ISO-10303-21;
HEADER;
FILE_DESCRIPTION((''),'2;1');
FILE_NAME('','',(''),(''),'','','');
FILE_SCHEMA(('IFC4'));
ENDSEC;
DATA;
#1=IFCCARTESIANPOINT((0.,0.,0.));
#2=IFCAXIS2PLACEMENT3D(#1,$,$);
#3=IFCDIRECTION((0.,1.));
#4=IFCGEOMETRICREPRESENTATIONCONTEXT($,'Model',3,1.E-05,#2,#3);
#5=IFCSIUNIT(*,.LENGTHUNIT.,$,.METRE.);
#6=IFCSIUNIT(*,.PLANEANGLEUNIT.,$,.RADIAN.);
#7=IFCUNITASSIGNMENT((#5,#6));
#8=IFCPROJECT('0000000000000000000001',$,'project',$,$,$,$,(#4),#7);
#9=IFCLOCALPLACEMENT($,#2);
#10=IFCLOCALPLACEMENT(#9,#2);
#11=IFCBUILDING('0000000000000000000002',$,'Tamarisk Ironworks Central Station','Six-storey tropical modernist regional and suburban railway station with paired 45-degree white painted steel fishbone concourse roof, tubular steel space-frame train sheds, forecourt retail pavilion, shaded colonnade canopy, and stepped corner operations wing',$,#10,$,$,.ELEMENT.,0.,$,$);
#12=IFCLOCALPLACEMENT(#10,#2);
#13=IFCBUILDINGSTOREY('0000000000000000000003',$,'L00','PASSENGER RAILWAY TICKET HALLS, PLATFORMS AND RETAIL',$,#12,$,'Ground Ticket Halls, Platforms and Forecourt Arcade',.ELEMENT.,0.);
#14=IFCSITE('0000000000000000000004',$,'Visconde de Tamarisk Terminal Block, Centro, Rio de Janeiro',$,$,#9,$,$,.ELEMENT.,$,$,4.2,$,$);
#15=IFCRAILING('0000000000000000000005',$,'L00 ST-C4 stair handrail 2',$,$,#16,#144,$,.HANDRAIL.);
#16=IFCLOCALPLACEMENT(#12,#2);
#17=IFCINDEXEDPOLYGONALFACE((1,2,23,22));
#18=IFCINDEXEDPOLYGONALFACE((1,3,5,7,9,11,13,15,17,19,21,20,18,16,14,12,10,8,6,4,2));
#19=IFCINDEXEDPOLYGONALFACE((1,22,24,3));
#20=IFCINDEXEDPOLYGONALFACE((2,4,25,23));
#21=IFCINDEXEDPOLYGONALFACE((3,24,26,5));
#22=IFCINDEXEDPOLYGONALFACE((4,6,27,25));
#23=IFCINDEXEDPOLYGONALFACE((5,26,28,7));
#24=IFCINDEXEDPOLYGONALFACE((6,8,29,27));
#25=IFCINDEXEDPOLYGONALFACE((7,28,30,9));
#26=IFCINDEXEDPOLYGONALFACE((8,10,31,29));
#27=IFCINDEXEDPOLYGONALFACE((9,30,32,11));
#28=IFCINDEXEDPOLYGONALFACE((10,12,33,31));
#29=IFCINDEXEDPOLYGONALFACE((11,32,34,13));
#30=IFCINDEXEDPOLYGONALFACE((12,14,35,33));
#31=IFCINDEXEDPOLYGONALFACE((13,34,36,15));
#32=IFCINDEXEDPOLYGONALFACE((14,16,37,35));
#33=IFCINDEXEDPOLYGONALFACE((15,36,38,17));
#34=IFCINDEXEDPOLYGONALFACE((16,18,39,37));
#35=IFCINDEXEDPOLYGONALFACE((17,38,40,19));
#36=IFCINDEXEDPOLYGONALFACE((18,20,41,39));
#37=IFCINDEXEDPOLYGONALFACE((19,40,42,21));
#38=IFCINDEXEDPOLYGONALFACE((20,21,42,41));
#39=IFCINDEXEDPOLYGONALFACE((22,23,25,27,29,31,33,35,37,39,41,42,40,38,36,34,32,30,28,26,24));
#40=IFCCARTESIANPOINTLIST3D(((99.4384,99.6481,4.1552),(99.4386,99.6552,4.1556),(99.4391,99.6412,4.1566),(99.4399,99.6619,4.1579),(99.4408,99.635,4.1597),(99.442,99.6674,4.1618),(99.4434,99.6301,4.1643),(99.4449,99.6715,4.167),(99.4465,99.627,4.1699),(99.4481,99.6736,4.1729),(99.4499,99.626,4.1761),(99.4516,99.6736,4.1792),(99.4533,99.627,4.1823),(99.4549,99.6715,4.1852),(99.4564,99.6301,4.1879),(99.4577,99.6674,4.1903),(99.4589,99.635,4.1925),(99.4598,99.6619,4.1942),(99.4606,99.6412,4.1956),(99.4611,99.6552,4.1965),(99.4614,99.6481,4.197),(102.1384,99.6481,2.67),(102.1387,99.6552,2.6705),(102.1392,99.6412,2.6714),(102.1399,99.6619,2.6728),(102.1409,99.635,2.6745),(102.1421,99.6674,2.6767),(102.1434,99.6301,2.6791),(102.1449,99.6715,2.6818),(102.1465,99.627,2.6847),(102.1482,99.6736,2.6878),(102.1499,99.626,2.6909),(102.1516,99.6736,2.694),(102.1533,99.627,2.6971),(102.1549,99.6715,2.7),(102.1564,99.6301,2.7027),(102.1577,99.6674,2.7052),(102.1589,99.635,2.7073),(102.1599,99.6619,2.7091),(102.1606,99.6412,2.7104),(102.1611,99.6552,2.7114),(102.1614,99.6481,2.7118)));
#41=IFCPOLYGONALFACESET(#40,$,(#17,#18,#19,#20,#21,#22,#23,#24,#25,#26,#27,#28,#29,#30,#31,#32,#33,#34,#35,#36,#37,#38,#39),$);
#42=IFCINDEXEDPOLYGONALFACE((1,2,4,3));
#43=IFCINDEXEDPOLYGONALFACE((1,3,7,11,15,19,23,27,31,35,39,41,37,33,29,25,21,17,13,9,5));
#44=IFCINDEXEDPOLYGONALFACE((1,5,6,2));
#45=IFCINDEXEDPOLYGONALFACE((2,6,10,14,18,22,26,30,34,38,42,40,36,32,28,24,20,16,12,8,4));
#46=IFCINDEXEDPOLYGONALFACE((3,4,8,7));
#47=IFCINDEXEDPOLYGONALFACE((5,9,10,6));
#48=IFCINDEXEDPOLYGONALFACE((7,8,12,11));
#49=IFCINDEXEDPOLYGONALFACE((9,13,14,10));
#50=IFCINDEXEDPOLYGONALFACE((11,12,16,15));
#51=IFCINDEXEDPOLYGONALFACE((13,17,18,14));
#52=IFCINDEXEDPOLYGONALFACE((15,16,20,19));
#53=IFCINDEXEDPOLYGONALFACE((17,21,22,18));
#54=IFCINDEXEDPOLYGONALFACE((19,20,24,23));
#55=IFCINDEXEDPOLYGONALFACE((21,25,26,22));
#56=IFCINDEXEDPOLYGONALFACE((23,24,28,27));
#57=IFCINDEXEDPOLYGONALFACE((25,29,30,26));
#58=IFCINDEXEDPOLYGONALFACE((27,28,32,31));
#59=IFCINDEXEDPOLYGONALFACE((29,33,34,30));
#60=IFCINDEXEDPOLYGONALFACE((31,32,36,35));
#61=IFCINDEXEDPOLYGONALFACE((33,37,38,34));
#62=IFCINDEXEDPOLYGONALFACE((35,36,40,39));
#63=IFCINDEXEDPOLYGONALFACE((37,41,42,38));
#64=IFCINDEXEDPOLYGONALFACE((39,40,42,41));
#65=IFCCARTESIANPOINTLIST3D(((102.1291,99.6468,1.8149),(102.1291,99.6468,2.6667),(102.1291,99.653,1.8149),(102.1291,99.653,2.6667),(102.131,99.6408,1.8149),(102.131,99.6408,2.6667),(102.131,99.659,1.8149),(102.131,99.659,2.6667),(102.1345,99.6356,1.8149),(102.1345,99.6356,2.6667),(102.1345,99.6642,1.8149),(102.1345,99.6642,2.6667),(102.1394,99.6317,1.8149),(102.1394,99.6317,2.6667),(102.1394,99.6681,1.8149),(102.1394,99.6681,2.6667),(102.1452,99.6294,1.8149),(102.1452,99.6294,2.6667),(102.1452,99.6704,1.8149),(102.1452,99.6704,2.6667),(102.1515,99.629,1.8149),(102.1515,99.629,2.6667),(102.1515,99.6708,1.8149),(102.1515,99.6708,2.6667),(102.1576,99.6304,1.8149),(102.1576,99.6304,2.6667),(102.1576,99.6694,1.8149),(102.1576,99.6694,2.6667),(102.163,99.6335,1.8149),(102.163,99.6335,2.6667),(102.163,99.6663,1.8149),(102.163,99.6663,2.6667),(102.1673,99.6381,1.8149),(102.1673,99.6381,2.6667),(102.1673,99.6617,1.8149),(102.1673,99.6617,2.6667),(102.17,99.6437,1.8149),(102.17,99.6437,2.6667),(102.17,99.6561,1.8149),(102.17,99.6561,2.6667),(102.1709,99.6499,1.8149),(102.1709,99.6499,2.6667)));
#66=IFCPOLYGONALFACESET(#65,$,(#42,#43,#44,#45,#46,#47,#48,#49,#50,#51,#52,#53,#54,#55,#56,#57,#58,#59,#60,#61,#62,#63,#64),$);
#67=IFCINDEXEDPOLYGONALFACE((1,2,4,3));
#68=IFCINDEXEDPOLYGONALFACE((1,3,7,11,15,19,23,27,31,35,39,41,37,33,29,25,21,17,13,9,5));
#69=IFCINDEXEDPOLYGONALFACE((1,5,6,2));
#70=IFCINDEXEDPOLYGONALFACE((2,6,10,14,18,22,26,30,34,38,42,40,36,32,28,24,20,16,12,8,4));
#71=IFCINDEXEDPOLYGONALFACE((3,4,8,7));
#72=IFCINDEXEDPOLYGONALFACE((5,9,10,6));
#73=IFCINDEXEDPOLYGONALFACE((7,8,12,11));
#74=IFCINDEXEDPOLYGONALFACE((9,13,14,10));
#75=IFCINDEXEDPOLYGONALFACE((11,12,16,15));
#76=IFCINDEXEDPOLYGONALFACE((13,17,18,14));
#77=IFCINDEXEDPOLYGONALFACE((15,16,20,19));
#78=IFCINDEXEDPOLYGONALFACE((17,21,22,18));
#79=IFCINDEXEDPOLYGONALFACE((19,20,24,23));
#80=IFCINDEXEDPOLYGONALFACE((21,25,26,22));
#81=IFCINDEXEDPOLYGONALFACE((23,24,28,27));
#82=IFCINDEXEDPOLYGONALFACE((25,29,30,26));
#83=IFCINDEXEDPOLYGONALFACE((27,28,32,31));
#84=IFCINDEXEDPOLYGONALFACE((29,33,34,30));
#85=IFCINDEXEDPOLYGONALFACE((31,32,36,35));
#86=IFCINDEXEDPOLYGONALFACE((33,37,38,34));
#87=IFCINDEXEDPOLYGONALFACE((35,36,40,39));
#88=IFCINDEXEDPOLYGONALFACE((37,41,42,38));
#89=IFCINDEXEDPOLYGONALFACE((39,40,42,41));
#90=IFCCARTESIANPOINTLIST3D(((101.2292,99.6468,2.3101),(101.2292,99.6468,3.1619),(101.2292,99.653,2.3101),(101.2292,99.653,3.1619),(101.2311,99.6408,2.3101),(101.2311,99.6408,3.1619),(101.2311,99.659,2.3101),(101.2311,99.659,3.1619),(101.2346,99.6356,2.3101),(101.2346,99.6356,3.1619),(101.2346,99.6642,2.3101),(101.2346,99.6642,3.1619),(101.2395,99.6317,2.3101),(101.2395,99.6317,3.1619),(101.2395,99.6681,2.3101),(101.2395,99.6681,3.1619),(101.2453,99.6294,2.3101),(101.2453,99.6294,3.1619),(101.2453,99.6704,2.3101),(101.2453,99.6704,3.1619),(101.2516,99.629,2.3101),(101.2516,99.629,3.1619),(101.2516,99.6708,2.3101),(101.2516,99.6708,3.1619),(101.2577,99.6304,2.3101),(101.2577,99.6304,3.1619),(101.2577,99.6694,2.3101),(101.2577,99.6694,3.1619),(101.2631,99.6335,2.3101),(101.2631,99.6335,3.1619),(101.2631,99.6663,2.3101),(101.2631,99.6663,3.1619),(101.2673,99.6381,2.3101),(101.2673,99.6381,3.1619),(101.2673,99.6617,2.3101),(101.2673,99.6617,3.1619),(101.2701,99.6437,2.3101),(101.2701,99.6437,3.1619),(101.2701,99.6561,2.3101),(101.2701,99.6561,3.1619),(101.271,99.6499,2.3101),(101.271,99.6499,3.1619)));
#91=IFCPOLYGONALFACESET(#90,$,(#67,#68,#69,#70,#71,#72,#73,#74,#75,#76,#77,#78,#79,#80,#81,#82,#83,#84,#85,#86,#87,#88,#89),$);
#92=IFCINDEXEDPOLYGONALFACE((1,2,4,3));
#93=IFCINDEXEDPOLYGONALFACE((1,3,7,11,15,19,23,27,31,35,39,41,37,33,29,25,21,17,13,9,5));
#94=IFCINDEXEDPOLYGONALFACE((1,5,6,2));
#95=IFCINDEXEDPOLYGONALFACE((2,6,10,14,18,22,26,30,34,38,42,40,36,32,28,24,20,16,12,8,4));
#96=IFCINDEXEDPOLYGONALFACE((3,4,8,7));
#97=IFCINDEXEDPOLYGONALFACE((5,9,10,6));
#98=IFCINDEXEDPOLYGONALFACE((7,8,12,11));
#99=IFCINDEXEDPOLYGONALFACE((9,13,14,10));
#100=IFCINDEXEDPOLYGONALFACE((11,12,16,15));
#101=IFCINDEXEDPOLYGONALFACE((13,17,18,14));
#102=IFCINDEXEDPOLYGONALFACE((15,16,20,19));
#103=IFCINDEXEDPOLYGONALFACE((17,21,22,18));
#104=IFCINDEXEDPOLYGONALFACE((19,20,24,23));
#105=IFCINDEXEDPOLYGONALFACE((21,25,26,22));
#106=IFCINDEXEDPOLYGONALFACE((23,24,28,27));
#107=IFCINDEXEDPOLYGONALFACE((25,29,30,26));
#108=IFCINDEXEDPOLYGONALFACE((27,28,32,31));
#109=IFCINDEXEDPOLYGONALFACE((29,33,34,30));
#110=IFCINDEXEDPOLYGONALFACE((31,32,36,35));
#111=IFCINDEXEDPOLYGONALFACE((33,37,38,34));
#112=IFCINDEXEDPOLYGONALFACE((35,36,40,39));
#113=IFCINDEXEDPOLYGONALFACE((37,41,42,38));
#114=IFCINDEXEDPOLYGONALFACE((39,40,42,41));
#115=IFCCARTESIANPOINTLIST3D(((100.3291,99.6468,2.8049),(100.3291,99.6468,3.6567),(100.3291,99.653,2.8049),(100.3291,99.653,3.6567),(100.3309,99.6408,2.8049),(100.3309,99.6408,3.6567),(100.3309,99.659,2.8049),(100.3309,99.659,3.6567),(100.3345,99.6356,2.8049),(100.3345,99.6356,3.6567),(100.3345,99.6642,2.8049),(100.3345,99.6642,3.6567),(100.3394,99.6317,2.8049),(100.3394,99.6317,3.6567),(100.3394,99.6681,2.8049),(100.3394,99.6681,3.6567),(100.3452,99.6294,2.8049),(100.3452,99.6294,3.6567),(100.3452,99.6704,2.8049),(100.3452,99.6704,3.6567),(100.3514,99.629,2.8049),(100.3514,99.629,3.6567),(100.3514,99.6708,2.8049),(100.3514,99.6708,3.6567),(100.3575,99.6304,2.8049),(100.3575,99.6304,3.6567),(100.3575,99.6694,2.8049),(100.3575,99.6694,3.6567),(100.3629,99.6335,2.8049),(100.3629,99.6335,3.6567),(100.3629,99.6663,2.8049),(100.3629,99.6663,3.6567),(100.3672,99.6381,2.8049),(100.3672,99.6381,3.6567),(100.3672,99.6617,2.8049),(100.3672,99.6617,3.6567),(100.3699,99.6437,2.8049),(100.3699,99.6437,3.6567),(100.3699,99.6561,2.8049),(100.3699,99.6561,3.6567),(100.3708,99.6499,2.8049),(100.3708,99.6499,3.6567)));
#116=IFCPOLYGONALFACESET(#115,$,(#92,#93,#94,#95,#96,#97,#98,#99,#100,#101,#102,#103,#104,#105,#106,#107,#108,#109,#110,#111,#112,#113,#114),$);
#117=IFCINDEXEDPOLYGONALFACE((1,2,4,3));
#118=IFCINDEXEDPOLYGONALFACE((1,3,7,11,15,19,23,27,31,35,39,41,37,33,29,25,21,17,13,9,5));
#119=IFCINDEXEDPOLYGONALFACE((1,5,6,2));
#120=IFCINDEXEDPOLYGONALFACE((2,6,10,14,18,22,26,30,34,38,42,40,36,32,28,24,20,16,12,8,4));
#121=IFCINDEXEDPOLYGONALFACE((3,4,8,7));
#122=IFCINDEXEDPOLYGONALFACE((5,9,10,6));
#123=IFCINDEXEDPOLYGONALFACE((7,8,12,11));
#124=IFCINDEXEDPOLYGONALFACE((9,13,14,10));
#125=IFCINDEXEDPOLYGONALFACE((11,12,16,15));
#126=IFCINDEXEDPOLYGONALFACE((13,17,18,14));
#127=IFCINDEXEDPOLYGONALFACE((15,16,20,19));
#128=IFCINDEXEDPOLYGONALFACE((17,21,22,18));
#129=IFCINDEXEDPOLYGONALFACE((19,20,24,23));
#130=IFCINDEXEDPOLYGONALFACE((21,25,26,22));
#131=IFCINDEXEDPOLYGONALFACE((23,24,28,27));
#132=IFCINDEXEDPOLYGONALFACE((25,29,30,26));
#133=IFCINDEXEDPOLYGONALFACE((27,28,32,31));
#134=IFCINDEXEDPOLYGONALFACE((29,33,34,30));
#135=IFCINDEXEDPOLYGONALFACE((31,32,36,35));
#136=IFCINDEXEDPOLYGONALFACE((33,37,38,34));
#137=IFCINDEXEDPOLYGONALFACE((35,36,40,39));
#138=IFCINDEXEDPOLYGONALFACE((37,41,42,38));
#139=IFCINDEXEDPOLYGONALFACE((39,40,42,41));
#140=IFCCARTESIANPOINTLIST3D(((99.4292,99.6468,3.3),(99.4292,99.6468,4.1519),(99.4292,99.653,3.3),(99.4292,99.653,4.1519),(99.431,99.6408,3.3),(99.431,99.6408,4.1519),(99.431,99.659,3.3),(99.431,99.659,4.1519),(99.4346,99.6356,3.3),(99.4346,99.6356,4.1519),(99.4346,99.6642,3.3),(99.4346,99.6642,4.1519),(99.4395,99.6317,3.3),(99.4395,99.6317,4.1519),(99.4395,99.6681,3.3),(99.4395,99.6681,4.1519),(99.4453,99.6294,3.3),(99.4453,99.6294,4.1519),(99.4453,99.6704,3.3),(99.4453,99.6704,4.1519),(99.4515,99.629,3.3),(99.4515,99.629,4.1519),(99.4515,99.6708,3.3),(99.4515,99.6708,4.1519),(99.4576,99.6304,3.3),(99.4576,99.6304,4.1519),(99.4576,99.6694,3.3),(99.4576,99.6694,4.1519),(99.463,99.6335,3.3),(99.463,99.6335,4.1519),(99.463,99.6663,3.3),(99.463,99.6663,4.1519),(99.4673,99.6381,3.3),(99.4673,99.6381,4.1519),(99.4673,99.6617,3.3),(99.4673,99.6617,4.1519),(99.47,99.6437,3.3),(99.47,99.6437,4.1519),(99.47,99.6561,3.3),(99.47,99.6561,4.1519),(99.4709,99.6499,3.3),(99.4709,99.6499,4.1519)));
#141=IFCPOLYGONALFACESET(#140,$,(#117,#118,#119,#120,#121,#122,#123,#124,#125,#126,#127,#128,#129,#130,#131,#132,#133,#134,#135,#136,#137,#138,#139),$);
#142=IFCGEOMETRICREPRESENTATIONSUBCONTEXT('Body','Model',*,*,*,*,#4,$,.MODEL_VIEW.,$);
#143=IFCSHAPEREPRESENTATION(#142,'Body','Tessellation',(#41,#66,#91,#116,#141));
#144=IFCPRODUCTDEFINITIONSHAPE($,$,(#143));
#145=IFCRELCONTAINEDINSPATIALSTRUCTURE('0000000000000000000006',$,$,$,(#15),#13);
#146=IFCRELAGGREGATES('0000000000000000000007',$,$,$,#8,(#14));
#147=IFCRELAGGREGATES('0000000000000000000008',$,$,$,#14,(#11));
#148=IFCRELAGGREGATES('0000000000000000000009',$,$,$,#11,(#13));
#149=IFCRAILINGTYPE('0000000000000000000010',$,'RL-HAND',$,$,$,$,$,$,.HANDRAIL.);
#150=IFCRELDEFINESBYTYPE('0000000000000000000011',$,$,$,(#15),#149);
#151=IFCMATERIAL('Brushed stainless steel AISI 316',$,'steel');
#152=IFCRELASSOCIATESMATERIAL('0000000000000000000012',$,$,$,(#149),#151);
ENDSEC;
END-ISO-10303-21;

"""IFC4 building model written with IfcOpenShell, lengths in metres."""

from ifc_helpers import new_model, si_unit, direction, frame, origin, origin_2d, place, context, subcontext, project, spatial, circle, extrude, material, type_object, element, save


model = new_model("IFC4")

# Units and contexts
model_context = context("Model", 3, precision=1e-05, world=origin(), true_north=direction((0.0, 1.0)))
body_context = subcontext(model_context, "Body", "Model", "MODEL_VIEW")
ifc_project = project(units=[si_unit("LENGTHUNIT", "METRE"), si_unit("PLANEANGLEUNIT", "RADIAN")], contexts=[model_context])

# Site, building, storey
site_placement = place(None, origin())
site = spatial("IfcSite", under=ifc_project, at=site_placement, Name="Visconde de Tamarisk Terminal Block, Centro, Rio de Janeiro", CompositionType="ELEMENT", RefElevation=4.2)
building_placement = place(site_placement, origin())
building = spatial("IfcBuilding", under=site, at=building_placement, Name="Tamarisk Ironworks Central Station", Description="Six-storey tropical modernist regional and suburban railway station with paired 45-degree white painted steel fishbone concourse roof, tubular steel space-frame train sheds, forecourt retail pavilion, shaded colonnade canopy, and stepped corner operations wing", CompositionType="ELEMENT", ElevationOfRefHeight=0.0)
storey_placement = place(building_placement, origin())
storey = spatial("IfcBuildingStorey", under=building, at=storey_placement, Name="L00", Description="PASSENGER RAILWAY TICKET HALLS, PLATFORMS AND RETAIL", LongName="Ground Ticket Halls, Platforms and Forecourt Arcade", CompositionType="ELEMENT", Elevation=0.0)

# Shared definitions
ifc_material_1 = material(Name="Brushed stainless steel AISI 316", Category="steel")

# Railing
railing_type_1 = type_object("IfcRailingType", Name="RL-HAND", PredefinedType="HANDRAIL", material=ifc_material_1)
for number, where, name in (
    (1, (102.1499, 99.6499, 1.8149), "L00 ST-C4 stair handrail 2"),
):
    element("IfcRailing", number, at=place(storey_placement, frame(where)), inside=storey, type_object=railing_type_1, Name=name, PredefinedType="HANDRAIL", context=body_context, shape_type="SweptSolid", body=[
        extrude(circle(Radius=0.0239, at=origin_2d()), frame((0.0, 0.0, 0.876), z_axis=(-0.876198, 0.0, 0.481952), x_axis=(0.0, -1.0, 0.0)), (0.0, 0.0, 1.0), 3.0815),
        extrude(circle(Radius=0.021, at=origin_2d()), origin(), (0.0, 0.0, 1.0), 0.8518),
        extrude(circle(Radius=0.021, at=origin_2d()), frame((-0.8999, 0.0, 0.4951)), (0.0, 0.0, 1.0), 0.8518),
        extrude(circle(Radius=0.021, at=origin_2d()), frame((-1.8, 0.0, 0.99)), (0.0, 0.0, 1.0), 0.8518),
        extrude(circle(Radius=0.021, at=origin_2d()), frame((-2.7, 0.0, 1.4851)), (0.0, 0.0, 1.0), 0.8518),
    ])

save(model, "model.ifc")
